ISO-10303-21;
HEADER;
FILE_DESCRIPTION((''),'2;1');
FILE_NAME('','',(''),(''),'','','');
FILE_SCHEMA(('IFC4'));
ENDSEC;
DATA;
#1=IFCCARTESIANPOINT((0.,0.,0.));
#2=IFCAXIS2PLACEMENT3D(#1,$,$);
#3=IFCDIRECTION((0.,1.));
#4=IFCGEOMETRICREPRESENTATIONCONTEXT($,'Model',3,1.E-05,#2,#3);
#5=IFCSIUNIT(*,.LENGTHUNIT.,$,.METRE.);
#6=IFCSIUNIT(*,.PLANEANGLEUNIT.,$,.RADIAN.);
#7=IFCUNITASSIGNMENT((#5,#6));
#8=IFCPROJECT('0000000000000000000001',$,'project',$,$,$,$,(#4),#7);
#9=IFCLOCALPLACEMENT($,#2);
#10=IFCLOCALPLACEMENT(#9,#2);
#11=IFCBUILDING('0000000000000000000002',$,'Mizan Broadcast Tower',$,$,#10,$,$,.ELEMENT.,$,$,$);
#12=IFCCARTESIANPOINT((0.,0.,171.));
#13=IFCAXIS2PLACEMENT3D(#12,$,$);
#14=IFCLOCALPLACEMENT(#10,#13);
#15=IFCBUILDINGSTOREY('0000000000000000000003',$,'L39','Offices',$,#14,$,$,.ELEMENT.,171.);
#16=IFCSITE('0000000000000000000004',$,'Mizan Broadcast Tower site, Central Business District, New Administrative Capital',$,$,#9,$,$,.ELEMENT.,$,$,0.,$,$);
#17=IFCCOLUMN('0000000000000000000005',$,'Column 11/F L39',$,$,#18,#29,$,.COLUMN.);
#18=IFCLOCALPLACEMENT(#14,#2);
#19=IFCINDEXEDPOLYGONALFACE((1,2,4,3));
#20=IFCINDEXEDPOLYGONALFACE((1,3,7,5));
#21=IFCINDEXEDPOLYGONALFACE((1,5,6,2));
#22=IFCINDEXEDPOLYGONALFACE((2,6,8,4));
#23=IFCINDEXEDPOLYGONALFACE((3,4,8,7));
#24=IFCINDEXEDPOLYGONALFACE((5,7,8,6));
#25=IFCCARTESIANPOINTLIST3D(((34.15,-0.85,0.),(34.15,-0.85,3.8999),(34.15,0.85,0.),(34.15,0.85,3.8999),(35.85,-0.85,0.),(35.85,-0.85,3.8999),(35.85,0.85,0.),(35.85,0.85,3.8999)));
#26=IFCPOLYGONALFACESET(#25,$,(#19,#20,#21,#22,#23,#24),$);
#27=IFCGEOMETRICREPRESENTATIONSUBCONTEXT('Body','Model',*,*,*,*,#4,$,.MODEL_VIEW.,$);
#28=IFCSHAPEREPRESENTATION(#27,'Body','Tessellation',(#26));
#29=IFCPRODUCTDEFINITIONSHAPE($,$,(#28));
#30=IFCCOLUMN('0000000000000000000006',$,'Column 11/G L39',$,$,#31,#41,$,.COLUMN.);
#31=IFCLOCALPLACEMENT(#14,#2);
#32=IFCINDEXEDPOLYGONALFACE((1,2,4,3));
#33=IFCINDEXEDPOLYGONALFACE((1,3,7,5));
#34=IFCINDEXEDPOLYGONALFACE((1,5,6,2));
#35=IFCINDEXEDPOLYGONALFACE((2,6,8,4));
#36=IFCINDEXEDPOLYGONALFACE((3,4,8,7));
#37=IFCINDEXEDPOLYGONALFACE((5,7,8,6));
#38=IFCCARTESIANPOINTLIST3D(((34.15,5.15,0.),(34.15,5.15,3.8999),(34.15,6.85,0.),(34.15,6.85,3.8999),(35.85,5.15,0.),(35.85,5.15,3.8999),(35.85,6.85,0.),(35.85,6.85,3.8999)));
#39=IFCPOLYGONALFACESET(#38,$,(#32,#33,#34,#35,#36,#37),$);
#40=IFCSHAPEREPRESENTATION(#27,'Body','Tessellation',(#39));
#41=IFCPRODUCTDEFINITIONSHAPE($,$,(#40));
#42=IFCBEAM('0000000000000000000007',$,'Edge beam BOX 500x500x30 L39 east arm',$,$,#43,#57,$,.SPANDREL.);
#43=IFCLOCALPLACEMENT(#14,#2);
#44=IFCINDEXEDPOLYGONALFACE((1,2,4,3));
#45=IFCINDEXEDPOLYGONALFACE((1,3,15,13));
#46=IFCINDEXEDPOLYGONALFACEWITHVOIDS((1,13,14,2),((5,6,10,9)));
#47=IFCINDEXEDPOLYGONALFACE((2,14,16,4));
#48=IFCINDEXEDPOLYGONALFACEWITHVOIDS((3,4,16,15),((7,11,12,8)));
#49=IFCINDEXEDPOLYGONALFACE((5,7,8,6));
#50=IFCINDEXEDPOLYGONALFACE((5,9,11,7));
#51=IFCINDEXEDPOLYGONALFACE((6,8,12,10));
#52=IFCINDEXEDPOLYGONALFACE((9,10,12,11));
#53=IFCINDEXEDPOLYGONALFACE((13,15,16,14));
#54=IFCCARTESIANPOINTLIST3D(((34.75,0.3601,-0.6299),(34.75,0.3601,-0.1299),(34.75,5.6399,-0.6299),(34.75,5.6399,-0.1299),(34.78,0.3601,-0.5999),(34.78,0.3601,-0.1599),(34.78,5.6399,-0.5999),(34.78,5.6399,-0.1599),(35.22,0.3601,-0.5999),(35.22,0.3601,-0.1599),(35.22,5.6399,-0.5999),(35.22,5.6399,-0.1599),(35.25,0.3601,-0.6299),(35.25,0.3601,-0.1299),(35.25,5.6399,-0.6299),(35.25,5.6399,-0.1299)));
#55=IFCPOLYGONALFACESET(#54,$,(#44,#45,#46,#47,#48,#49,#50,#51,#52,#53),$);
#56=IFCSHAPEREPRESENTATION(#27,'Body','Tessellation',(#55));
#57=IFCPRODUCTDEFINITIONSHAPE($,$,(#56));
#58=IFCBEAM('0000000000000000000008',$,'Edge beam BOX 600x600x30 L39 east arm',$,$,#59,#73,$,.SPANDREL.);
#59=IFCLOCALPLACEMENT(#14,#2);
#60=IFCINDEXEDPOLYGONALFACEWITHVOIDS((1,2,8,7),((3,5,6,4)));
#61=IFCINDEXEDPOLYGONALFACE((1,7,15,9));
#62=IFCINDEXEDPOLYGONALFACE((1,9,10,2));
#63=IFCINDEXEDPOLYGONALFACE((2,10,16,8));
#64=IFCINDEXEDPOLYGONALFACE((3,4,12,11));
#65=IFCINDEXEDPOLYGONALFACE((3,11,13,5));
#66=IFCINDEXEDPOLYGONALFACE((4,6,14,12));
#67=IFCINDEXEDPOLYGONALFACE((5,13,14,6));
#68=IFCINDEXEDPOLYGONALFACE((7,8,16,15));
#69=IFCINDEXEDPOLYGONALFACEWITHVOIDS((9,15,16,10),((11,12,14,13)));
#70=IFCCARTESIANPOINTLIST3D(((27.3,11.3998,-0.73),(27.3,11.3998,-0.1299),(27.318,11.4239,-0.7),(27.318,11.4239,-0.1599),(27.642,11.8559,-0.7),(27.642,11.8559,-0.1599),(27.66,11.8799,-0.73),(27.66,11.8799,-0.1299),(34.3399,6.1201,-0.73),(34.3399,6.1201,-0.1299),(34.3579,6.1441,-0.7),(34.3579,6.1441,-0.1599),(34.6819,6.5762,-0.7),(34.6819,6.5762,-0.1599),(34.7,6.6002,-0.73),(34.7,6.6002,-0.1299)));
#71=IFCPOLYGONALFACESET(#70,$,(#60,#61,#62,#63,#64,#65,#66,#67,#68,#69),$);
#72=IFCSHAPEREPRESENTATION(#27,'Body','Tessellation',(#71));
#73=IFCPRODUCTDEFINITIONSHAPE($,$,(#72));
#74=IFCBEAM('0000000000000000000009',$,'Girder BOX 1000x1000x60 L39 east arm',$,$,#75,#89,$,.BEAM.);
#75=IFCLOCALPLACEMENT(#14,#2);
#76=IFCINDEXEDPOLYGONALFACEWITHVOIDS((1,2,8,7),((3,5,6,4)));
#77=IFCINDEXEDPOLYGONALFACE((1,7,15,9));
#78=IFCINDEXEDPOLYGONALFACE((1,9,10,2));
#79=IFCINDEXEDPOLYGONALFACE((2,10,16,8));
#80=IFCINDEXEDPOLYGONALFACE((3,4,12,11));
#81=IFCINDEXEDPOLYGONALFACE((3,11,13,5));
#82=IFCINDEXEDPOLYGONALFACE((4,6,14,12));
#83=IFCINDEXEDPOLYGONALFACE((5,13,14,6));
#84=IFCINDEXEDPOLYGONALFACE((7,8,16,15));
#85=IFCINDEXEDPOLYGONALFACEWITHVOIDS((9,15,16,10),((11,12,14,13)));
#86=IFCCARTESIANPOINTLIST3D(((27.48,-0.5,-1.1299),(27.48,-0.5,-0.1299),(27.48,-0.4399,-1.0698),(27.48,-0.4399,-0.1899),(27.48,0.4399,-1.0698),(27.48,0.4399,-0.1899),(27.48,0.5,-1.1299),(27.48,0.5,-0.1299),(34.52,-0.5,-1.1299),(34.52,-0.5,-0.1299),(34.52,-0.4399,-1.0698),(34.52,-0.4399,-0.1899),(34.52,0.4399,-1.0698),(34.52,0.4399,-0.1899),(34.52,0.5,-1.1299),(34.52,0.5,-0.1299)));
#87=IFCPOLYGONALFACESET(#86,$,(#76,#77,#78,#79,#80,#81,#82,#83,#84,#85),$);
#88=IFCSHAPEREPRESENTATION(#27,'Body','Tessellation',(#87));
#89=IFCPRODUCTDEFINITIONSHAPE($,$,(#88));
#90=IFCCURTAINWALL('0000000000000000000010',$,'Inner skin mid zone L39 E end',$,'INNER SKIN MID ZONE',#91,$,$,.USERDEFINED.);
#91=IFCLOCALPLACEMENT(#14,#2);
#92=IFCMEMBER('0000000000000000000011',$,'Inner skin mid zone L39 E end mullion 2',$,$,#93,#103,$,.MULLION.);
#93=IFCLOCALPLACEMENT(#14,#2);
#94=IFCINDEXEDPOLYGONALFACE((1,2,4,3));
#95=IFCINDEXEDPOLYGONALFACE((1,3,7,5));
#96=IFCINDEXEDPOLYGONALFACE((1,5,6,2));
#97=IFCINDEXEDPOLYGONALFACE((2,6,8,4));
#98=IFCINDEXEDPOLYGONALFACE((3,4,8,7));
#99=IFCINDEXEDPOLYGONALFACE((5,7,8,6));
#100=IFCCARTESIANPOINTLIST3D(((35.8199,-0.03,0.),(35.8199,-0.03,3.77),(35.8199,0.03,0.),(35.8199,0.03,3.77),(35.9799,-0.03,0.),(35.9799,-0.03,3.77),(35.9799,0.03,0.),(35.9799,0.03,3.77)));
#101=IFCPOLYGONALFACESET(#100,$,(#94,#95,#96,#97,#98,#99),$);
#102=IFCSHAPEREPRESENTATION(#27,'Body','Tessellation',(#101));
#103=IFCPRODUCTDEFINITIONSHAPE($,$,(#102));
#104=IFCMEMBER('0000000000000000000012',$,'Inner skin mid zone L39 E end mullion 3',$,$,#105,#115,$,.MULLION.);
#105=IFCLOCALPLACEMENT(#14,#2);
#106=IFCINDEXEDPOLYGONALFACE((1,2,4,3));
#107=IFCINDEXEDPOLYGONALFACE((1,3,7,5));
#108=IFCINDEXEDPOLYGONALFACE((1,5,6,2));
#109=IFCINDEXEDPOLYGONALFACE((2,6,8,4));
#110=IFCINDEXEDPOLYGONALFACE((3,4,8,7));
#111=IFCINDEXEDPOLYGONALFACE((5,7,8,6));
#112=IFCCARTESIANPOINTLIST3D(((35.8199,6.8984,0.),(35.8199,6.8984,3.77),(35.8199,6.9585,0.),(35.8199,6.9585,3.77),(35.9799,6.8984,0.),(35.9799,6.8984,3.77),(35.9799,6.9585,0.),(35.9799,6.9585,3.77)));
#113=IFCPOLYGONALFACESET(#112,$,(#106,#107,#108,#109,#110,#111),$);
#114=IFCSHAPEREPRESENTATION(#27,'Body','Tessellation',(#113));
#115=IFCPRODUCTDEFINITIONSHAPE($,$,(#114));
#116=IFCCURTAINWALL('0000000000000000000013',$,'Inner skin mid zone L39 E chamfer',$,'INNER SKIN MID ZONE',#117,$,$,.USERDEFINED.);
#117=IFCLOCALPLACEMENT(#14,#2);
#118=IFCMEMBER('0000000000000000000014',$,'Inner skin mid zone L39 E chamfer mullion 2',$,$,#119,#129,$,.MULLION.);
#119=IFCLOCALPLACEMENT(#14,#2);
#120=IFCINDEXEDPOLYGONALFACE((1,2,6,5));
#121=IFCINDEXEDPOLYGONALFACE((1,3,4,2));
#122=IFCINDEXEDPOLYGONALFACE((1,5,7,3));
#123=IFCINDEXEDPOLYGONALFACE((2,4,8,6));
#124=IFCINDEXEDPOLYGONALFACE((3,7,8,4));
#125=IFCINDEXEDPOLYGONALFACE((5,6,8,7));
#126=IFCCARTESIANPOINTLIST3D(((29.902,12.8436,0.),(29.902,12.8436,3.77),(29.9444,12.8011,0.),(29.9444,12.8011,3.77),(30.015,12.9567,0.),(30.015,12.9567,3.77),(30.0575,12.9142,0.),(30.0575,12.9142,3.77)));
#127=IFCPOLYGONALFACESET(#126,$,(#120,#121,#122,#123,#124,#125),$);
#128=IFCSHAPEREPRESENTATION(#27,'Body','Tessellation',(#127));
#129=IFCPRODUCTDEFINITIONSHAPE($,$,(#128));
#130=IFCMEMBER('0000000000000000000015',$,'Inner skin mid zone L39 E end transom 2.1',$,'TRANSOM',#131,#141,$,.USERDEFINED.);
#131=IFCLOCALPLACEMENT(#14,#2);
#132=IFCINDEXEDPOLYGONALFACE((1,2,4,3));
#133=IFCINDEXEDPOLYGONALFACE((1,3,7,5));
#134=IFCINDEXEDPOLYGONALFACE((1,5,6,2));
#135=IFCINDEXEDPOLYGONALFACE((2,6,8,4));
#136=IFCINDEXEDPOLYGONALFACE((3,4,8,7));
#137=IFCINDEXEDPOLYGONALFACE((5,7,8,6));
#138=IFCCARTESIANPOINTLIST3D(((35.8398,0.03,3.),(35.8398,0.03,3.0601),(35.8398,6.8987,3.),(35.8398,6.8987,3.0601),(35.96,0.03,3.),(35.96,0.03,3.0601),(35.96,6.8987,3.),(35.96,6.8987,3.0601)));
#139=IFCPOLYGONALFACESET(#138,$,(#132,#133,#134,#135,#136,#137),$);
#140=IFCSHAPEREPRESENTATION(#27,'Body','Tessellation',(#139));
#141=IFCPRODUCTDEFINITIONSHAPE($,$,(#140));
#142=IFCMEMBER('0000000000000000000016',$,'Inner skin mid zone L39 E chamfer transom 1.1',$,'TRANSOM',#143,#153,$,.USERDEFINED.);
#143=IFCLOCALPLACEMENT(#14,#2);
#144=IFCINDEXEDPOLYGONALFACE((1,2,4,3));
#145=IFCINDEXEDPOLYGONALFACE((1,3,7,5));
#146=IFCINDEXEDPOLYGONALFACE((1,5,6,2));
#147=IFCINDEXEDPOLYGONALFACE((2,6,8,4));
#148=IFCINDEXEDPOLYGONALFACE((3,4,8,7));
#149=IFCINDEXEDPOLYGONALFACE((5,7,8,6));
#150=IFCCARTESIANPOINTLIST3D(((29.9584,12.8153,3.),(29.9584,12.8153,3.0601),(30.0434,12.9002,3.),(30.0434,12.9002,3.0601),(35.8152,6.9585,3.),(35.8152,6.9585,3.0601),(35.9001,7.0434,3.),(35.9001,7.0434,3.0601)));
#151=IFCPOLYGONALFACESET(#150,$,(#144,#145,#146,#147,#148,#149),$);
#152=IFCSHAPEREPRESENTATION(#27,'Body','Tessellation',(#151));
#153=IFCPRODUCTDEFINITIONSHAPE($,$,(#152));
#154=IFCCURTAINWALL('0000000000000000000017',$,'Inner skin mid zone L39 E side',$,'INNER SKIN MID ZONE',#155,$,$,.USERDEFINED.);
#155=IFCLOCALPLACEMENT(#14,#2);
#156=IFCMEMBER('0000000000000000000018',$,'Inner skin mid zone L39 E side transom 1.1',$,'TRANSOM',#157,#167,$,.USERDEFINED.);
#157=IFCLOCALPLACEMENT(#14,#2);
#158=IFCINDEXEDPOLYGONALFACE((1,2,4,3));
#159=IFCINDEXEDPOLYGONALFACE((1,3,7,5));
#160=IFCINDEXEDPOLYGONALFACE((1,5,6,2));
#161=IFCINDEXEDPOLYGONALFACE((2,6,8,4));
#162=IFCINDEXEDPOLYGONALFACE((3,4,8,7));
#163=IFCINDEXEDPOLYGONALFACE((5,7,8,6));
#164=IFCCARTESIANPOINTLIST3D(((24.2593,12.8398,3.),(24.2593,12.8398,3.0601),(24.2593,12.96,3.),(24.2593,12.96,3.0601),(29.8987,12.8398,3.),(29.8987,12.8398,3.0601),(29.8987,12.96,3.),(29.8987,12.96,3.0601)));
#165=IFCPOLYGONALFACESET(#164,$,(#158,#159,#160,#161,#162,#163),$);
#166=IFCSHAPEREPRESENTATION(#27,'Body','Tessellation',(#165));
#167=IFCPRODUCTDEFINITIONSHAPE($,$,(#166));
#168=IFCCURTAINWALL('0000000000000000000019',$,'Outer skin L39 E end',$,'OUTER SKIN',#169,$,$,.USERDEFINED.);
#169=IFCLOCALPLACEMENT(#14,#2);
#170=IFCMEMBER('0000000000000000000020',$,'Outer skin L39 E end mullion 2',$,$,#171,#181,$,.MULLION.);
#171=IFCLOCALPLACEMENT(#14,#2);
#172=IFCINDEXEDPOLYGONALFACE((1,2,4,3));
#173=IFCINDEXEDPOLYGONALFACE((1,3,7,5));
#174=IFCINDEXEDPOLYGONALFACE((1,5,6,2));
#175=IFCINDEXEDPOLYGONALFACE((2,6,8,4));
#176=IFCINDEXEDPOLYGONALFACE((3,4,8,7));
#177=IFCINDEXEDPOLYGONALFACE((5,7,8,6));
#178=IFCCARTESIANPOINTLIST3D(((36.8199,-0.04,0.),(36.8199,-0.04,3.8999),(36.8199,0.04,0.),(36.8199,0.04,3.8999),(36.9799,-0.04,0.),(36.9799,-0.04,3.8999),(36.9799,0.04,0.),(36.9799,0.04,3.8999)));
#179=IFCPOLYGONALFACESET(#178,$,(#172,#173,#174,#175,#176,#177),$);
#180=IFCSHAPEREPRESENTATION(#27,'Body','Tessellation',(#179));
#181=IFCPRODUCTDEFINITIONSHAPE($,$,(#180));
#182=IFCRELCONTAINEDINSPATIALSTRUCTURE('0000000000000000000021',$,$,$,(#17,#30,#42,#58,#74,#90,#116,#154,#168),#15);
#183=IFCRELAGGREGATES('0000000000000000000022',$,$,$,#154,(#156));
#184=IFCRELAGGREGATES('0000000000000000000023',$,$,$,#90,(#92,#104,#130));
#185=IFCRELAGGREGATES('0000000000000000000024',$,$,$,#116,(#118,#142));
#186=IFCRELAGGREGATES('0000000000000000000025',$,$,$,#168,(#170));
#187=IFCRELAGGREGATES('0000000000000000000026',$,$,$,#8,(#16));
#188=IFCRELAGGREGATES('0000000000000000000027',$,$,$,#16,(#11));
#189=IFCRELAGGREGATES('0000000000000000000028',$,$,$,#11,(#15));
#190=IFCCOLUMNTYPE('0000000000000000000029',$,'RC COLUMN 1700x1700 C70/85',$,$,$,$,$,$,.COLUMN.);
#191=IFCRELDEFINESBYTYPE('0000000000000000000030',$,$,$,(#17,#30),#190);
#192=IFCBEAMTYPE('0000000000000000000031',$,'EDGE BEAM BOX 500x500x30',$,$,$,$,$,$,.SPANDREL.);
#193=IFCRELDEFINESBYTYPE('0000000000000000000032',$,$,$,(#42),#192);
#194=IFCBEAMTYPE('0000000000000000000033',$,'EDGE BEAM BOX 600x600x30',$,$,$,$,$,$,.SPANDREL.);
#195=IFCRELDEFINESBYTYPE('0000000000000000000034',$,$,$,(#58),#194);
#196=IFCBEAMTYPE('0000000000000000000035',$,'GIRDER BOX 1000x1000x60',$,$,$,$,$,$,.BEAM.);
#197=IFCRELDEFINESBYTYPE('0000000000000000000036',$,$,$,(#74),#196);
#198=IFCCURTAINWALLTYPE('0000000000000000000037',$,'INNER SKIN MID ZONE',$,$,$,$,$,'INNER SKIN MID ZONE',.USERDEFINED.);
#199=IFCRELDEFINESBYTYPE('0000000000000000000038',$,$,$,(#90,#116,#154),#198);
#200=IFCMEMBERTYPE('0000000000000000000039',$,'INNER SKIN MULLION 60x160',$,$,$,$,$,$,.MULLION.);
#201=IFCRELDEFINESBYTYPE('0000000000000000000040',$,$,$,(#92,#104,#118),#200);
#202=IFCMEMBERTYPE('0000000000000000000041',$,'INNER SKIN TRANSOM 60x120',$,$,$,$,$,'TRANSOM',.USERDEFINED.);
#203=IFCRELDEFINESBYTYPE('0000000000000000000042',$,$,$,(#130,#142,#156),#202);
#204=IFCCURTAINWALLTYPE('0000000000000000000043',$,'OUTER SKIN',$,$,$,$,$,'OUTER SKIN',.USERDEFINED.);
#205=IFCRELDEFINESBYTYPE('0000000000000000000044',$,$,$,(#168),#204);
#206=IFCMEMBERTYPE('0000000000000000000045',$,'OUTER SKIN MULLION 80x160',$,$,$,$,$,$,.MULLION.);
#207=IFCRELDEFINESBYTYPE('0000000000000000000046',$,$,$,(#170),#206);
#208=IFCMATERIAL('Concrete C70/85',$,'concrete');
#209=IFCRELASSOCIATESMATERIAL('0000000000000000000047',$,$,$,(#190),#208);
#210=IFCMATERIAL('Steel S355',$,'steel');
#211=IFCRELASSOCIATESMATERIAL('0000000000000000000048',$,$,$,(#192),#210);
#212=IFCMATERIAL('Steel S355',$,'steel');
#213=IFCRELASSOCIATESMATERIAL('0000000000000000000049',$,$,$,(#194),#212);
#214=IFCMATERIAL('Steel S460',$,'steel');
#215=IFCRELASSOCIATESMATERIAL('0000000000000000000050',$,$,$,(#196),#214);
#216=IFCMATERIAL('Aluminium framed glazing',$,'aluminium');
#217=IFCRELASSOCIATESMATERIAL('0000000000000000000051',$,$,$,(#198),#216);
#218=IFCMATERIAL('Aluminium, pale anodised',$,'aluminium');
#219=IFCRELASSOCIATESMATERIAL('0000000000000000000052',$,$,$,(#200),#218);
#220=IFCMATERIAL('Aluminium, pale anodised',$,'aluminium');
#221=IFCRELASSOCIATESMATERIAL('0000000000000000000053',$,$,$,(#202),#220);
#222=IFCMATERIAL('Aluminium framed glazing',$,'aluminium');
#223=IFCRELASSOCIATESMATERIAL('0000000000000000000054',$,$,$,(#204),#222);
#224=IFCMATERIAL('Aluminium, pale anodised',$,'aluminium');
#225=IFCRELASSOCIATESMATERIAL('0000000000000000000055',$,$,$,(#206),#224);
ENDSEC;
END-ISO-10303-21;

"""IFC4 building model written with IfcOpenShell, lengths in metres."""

from ifc_helpers import new_model, si_unit, direction, frame, origin, origin_2d, place, context, subcontext, project, spatial, rectangle, hollow_rectangle, extrude, material, material_profile, profile_set, type_object, element, aggregate, save


model = new_model("IFC4")

# Units and contexts
model_context = context("Model", 3, precision=1e-05, world=origin(), true_north=direction((0.0, 1.0)))
body_context = subcontext(model_context, "Body", "Model", "MODEL_VIEW")
ifc_project = project(units=[si_unit("LENGTHUNIT", "METRE"), si_unit("PLANEANGLEUNIT", "RADIAN")], contexts=[model_context])

# Site, building, storey
site_placement = place(None, origin())
site = spatial("IfcSite", under=ifc_project, at=site_placement, Name="Mizan Broadcast Tower site, Central Business District, New Administrative Capital", CompositionType="ELEMENT", RefElevation=0.0)
building_placement = place(site_placement, origin())
building = spatial("IfcBuilding", under=site, at=building_placement, Name="Mizan Broadcast Tower", CompositionType="ELEMENT")
storey_placement = place(building_placement, frame((0.0, 0.0, 171.0)))
storey = spatial("IfcBuildingStorey", under=building, at=storey_placement, Name="L39", Description="Offices", CompositionType="ELEMENT", Elevation=171.0)

# Columns
ifc_material_1 = material(Name="Concrete C70/85", Category="concrete")
ifc_material_profile_1 = material_profile(ifc_material_1, rectangle(XDim=1.7, YDim=1.7, at=origin_2d()), Name="RC 1700x1700")
ifc_profile_set_1 = profile_set([ifc_material_profile_1], Name="Concrete C70/85")
column_type = type_object("IfcColumnType", Name="RC COLUMN 1700x1700 C70/85", PredefinedType="COLUMN", material=ifc_profile_set_1)
for number, where, z_axis, x_axis, name in (
    (1, (35.0, 0.0, 0.0), (0.0, 0.0, 1.0), (1.0, 0.0, 0.0), "Column 11/F L39"),
    (2, (35.0, 6.0, 0.0), (0.0, 0.0, 1.0), (1.0, 0.0, 0.0), "Column 11/G L39"),
):
    element("IfcColumn", number, at=place(storey_placement, frame(where, z_axis=z_axis, x_axis=x_axis)), inside=storey, type_object=column_type, Name=name, PredefinedType="COLUMN", context=body_context, shape_type="SweptSolid", body=[
        extrude(rectangle(XDim=1.7, YDim=1.7, at=origin_2d()), origin(), (0.0, 0.0, 1.0), 3.8999),
    ])

# Beams
ifc_material_2 = material(Name="Steel S355", Category="steel")
ifc_material_profile_2 = material_profile(ifc_material_2, hollow_rectangle(XDim=0.5, YDim=0.5, WallThickness=0.03, at=origin_2d()), Name="BOX 500x500x30")
ifc_profile_set_2 = profile_set([ifc_material_profile_2], Name="Steel S355")
beam_type_1 = type_object("IfcBeamType", Name="EDGE BEAM BOX 500x500x30", PredefinedType="SPANDREL", material=ifc_profile_set_2)
beam_1_placement = place(storey_placement, frame((35.0, 5.6399, -0.3799), z_axis=(0.0, -1.0, 0.0), x_axis=(1.0, 0.0, 0.0)))
element("IfcBeam", 3, at=beam_1_placement, inside=storey, type_object=beam_type_1, Name="Edge beam BOX 500x500x30 L39 east arm", PredefinedType="SPANDREL", context=body_context, shape_type="SweptSolid", body=[
    extrude(hollow_rectangle(XDim=0.5, YDim=0.5, WallThickness=0.03, at=origin_2d()), origin(), (0.0, 0.0, 1.0), 5.2798),
])
ifc_material_3 = material(Name="Steel S355", Category="steel")
ifc_material_profile_3 = material_profile(ifc_material_3, hollow_rectangle(XDim=0.6001, YDim=0.6001, WallThickness=0.03, at=origin_2d()), Name="BOX 600x600x30")
ifc_profile_set_3 = profile_set([ifc_material_profile_3], Name="Steel S355")
beam_type_2 = type_object("IfcBeamType", Name="EDGE BEAM BOX 600x600x30", PredefinedType="SPANDREL", material=ifc_profile_set_3)
beam_2_placement = place(storey_placement, frame((27.48, 11.6399, -0.4299), z_axis=(0.800013, -0.599982, 0.0), x_axis=(0.599982, 0.800013, 0.0)))
element("IfcBeam", 4, at=beam_2_placement, inside=storey, type_object=beam_type_2, Name="Edge beam BOX 600x600x30 L39 east arm", PredefinedType="SPANDREL", context=body_context, shape_type="SweptSolid", body=[
    extrude(hollow_rectangle(XDim=0.6001, YDim=0.6001, WallThickness=0.03, at=origin_2d()), origin(), (0.0, 0.0, 1.0), 8.7998),
])
ifc_material_4 = material(Name="Steel S460", Category="steel")
ifc_material_profile_4 = material_profile(ifc_material_4, hollow_rectangle(XDim=1.0, YDim=1.0, WallThickness=0.0601, at=origin_2d()), Name="BOX 1000x1000x60")
ifc_profile_set_4 = profile_set([ifc_material_profile_4], Name="Steel S460")
beam_type_3 = type_object("IfcBeamType", Name="GIRDER BOX 1000x1000x60", PredefinedType="BEAM", material=ifc_profile_set_4)
beam_3_placement = place(storey_placement, frame((27.48, 0.0, -0.6299), z_axis=(1.0, 0.0, 0.0), x_axis=(0.0, 1.0, 0.0)))
element("IfcBeam", 5, at=beam_3_placement, inside=storey, type_object=beam_type_3, Name="Girder BOX 1000x1000x60 L39 east arm", PredefinedType="BEAM", context=body_context, shape_type="SweptSolid", body=[
    extrude(hollow_rectangle(XDim=1.0, YDim=1.0, WallThickness=0.0601, at=origin_2d()), origin(), (0.0, 0.0, 1.0), 7.04),
])

# Curtain wall, members
ifc_material_5 = material(Name="Aluminium framed glazing", Category="aluminium")
curtain_wall_type_1 = type_object("IfcCurtainWallType", Name="INNER SKIN MID ZONE", ElementType="INNER SKIN MID ZONE", PredefinedType="USERDEFINED", material=ifc_material_5)
curtain_wall_1_placement = place(storey_placement, origin())
curtain_wall_1 = element("IfcCurtainWall", 6, at=curtain_wall_1_placement, inside=storey, type_object=curtain_wall_type_1, Name="Inner skin mid zone L39 E end", ObjectType="INNER SKIN MID ZONE", PredefinedType="USERDEFINED")
ifc_material_6 = material(Name="Aluminium, pale anodised", Category="aluminium")
ifc_material_profile_5 = material_profile(ifc_material_6, rectangle(XDim=0.1599, YDim=0.0601, at=origin_2d()), Name="MULLION 160x60")
ifc_profile_set_5 = profile_set([ifc_material_profile_5], Name="Aluminium, pale anodised")
member_type_1 = type_object("IfcMemberType", Name="INNER SKIN MULLION 60x160", PredefinedType="MULLION", material=ifc_profile_set_5)
member_1_placement = place(storey_placement, frame((35.8999, 0.0, 0.0), z_axis=(0.0, 0.0, 1.0), x_axis=(-1.0, 0.0, 0.0)))
member_1 = element("IfcMember", 7, at=member_1_placement, type_object=member_type_1, Name="Inner skin mid zone L39 E end mullion 2", PredefinedType="MULLION", context=body_context, shape_type="SweptSolid", body=[
    extrude(rectangle(XDim=0.1599, YDim=0.0601, at=origin_2d()), origin(), (0.0, 0.0, 1.0), 3.77),
])
member_2_placement = place(storey_placement, frame((35.8999, 6.9285, 0.0), z_axis=(0.0, 0.0, 1.0), x_axis=(-1.0, 0.0, 0.0)))
member_2 = element("IfcMember", 8, at=member_2_placement, type_object=member_type_1, Name="Inner skin mid zone L39 E end mullion 3", PredefinedType="MULLION", context=body_context, shape_type="SweptSolid", body=[
    extrude(rectangle(XDim=0.1599, YDim=0.0601, at=origin_2d()), origin(), (0.0, 0.0, 1.0), 3.77),
])

# Curtain wall, member
curtain_wall_2_placement = place(storey_placement, origin())
curtain_wall_2 = element("IfcCurtainWall", 9, at=curtain_wall_2_placement, inside=storey, type_object=curtain_wall_type_1, Name="Inner skin mid zone L39 E chamfer", ObjectType="INNER SKIN MID ZONE", PredefinedType="USERDEFINED")
member_3_placement = place(storey_placement, frame((29.9797, 12.8789, 0.0), z_axis=(0.0, 0.0, 1.0), x_axis=(-0.707107, -0.707107, 0.0)))
member_3 = element("IfcMember", 10, at=member_3_placement, type_object=member_type_1, Name="Inner skin mid zone L39 E chamfer mullion 2", PredefinedType="MULLION", context=body_context, shape_type="SweptSolid", body=[
    extrude(rectangle(XDim=0.1599, YDim=0.0601, at=origin_2d()), origin(), (0.0, 0.0, 1.0), 3.77),
])

# Members
ifc_material_7 = material(Name="Aluminium, pale anodised", Category="aluminium")
ifc_material_profile_6 = material_profile(ifc_material_7, rectangle(XDim=0.1201, YDim=0.0601, at=origin_2d()), Name="TRANSOM 120x60")
ifc_profile_set_6 = profile_set([ifc_material_profile_6], Name="Aluminium, pale anodised")
member_type_2 = type_object("IfcMemberType", Name="INNER SKIN TRANSOM 60x120", ElementType="TRANSOM", PredefinedType="USERDEFINED", material=ifc_profile_set_6)
member_4_placement = place(storey_placement, frame((35.8999, 0.03, 3.03), z_axis=(0.0, 1.0, 0.0), x_axis=(-1.0, 0.0, 0.0)))
member_4 = element("IfcMember", 11, at=member_4_placement, type_object=member_type_2, Name="Inner skin mid zone L39 E end transom 2.1", ObjectType="TRANSOM", PredefinedType="USERDEFINED", context=body_context, shape_type="SweptSolid", body=[
    extrude(rectangle(XDim=0.1201, YDim=0.0601, at=origin_2d()), origin(), (0.0, 0.0, 1.0), 6.8687),
])
member_5_placement = place(storey_placement, frame((35.8577, 7.001, 3.03), z_axis=(-0.707107, 0.707107, 0.0), x_axis=(-0.707107, -0.707107, 0.0)))
member_5 = element("IfcMember", 12, at=member_5_placement, type_object=member_type_2, Name="Inner skin mid zone L39 E chamfer transom 1.1", ObjectType="TRANSOM", PredefinedType="USERDEFINED", context=body_context, shape_type="SweptSolid", body=[
    extrude(rectangle(XDim=0.1201, YDim=0.0601, at=origin_2d()), origin(), (0.0, 0.0, 1.0), 8.2827),
])

# Curtain wall, member
curtain_wall_3_placement = place(storey_placement, origin())
curtain_wall_3 = element("IfcCurtainWall", 13, at=curtain_wall_3_placement, inside=storey, type_object=curtain_wall_type_1, Name="Inner skin mid zone L39 E side", ObjectType="INNER SKIN MID ZONE", PredefinedType="USERDEFINED")
member_6_placement = place(storey_placement, frame((29.8987, 12.8999, 3.03), z_axis=(-1.0, 0.0, 0.0), x_axis=(0.0, -1.0, 0.0)))
member_6 = element("IfcMember", 14, at=member_6_placement, type_object=member_type_2, Name="Inner skin mid zone L39 E side transom 1.1", ObjectType="TRANSOM", PredefinedType="USERDEFINED", context=body_context, shape_type="SweptSolid", body=[
    extrude(rectangle(XDim=0.1201, YDim=0.0601, at=origin_2d()), origin(), (0.0, 0.0, 1.0), 5.6394),
])
aggregate(curtain_wall_3, [member_6])

# Curtain wall, member
ifc_material_8 = material(Name="Aluminium framed glazing", Category="aluminium")
curtain_wall_type_2 = type_object("IfcCurtainWallType", Name="OUTER SKIN", ElementType="OUTER SKIN", PredefinedType="USERDEFINED", material=ifc_material_8)
curtain_wall_4_placement = place(storey_placement, origin())
curtain_wall_4 = element("IfcCurtainWall", 15, at=curtain_wall_4_placement, inside=storey, type_object=curtain_wall_type_2, Name="Outer skin L39 E end", ObjectType="OUTER SKIN", PredefinedType="USERDEFINED")
ifc_material_9 = material(Name="Aluminium, pale anodised", Category="aluminium")
ifc_material_profile_7 = material_profile(ifc_material_9, rectangle(XDim=0.1599, YDim=0.0801, at=origin_2d()), Name="MULLION 160x80")
ifc_profile_set_7 = profile_set([ifc_material_profile_7], Name="Aluminium, pale anodised")
member_type_3 = type_object("IfcMemberType", Name="OUTER SKIN MULLION 80x160", PredefinedType="MULLION", material=ifc_profile_set_7)
member_7_placement = place(storey_placement, frame((36.8999, 0.0, 0.0), z_axis=(0.0, 0.0, 1.0), x_axis=(-1.0, 0.0, 0.0)))
member_7 = element("IfcMember", 16, at=member_7_placement, type_object=member_type_3, Name="Outer skin L39 E end mullion 2", PredefinedType="MULLION", context=body_context, shape_type="SweptSolid", body=[
    extrude(rectangle(XDim=0.1599, YDim=0.0801, at=origin_2d()), origin(), (0.0, 0.0, 1.0), 3.8999),
])

aggregate(curtain_wall_1, [member_1, member_2, member_4])
aggregate(curtain_wall_2, [member_3, member_5])
aggregate(curtain_wall_4, [member_7])

save(model, "model.ifc")
